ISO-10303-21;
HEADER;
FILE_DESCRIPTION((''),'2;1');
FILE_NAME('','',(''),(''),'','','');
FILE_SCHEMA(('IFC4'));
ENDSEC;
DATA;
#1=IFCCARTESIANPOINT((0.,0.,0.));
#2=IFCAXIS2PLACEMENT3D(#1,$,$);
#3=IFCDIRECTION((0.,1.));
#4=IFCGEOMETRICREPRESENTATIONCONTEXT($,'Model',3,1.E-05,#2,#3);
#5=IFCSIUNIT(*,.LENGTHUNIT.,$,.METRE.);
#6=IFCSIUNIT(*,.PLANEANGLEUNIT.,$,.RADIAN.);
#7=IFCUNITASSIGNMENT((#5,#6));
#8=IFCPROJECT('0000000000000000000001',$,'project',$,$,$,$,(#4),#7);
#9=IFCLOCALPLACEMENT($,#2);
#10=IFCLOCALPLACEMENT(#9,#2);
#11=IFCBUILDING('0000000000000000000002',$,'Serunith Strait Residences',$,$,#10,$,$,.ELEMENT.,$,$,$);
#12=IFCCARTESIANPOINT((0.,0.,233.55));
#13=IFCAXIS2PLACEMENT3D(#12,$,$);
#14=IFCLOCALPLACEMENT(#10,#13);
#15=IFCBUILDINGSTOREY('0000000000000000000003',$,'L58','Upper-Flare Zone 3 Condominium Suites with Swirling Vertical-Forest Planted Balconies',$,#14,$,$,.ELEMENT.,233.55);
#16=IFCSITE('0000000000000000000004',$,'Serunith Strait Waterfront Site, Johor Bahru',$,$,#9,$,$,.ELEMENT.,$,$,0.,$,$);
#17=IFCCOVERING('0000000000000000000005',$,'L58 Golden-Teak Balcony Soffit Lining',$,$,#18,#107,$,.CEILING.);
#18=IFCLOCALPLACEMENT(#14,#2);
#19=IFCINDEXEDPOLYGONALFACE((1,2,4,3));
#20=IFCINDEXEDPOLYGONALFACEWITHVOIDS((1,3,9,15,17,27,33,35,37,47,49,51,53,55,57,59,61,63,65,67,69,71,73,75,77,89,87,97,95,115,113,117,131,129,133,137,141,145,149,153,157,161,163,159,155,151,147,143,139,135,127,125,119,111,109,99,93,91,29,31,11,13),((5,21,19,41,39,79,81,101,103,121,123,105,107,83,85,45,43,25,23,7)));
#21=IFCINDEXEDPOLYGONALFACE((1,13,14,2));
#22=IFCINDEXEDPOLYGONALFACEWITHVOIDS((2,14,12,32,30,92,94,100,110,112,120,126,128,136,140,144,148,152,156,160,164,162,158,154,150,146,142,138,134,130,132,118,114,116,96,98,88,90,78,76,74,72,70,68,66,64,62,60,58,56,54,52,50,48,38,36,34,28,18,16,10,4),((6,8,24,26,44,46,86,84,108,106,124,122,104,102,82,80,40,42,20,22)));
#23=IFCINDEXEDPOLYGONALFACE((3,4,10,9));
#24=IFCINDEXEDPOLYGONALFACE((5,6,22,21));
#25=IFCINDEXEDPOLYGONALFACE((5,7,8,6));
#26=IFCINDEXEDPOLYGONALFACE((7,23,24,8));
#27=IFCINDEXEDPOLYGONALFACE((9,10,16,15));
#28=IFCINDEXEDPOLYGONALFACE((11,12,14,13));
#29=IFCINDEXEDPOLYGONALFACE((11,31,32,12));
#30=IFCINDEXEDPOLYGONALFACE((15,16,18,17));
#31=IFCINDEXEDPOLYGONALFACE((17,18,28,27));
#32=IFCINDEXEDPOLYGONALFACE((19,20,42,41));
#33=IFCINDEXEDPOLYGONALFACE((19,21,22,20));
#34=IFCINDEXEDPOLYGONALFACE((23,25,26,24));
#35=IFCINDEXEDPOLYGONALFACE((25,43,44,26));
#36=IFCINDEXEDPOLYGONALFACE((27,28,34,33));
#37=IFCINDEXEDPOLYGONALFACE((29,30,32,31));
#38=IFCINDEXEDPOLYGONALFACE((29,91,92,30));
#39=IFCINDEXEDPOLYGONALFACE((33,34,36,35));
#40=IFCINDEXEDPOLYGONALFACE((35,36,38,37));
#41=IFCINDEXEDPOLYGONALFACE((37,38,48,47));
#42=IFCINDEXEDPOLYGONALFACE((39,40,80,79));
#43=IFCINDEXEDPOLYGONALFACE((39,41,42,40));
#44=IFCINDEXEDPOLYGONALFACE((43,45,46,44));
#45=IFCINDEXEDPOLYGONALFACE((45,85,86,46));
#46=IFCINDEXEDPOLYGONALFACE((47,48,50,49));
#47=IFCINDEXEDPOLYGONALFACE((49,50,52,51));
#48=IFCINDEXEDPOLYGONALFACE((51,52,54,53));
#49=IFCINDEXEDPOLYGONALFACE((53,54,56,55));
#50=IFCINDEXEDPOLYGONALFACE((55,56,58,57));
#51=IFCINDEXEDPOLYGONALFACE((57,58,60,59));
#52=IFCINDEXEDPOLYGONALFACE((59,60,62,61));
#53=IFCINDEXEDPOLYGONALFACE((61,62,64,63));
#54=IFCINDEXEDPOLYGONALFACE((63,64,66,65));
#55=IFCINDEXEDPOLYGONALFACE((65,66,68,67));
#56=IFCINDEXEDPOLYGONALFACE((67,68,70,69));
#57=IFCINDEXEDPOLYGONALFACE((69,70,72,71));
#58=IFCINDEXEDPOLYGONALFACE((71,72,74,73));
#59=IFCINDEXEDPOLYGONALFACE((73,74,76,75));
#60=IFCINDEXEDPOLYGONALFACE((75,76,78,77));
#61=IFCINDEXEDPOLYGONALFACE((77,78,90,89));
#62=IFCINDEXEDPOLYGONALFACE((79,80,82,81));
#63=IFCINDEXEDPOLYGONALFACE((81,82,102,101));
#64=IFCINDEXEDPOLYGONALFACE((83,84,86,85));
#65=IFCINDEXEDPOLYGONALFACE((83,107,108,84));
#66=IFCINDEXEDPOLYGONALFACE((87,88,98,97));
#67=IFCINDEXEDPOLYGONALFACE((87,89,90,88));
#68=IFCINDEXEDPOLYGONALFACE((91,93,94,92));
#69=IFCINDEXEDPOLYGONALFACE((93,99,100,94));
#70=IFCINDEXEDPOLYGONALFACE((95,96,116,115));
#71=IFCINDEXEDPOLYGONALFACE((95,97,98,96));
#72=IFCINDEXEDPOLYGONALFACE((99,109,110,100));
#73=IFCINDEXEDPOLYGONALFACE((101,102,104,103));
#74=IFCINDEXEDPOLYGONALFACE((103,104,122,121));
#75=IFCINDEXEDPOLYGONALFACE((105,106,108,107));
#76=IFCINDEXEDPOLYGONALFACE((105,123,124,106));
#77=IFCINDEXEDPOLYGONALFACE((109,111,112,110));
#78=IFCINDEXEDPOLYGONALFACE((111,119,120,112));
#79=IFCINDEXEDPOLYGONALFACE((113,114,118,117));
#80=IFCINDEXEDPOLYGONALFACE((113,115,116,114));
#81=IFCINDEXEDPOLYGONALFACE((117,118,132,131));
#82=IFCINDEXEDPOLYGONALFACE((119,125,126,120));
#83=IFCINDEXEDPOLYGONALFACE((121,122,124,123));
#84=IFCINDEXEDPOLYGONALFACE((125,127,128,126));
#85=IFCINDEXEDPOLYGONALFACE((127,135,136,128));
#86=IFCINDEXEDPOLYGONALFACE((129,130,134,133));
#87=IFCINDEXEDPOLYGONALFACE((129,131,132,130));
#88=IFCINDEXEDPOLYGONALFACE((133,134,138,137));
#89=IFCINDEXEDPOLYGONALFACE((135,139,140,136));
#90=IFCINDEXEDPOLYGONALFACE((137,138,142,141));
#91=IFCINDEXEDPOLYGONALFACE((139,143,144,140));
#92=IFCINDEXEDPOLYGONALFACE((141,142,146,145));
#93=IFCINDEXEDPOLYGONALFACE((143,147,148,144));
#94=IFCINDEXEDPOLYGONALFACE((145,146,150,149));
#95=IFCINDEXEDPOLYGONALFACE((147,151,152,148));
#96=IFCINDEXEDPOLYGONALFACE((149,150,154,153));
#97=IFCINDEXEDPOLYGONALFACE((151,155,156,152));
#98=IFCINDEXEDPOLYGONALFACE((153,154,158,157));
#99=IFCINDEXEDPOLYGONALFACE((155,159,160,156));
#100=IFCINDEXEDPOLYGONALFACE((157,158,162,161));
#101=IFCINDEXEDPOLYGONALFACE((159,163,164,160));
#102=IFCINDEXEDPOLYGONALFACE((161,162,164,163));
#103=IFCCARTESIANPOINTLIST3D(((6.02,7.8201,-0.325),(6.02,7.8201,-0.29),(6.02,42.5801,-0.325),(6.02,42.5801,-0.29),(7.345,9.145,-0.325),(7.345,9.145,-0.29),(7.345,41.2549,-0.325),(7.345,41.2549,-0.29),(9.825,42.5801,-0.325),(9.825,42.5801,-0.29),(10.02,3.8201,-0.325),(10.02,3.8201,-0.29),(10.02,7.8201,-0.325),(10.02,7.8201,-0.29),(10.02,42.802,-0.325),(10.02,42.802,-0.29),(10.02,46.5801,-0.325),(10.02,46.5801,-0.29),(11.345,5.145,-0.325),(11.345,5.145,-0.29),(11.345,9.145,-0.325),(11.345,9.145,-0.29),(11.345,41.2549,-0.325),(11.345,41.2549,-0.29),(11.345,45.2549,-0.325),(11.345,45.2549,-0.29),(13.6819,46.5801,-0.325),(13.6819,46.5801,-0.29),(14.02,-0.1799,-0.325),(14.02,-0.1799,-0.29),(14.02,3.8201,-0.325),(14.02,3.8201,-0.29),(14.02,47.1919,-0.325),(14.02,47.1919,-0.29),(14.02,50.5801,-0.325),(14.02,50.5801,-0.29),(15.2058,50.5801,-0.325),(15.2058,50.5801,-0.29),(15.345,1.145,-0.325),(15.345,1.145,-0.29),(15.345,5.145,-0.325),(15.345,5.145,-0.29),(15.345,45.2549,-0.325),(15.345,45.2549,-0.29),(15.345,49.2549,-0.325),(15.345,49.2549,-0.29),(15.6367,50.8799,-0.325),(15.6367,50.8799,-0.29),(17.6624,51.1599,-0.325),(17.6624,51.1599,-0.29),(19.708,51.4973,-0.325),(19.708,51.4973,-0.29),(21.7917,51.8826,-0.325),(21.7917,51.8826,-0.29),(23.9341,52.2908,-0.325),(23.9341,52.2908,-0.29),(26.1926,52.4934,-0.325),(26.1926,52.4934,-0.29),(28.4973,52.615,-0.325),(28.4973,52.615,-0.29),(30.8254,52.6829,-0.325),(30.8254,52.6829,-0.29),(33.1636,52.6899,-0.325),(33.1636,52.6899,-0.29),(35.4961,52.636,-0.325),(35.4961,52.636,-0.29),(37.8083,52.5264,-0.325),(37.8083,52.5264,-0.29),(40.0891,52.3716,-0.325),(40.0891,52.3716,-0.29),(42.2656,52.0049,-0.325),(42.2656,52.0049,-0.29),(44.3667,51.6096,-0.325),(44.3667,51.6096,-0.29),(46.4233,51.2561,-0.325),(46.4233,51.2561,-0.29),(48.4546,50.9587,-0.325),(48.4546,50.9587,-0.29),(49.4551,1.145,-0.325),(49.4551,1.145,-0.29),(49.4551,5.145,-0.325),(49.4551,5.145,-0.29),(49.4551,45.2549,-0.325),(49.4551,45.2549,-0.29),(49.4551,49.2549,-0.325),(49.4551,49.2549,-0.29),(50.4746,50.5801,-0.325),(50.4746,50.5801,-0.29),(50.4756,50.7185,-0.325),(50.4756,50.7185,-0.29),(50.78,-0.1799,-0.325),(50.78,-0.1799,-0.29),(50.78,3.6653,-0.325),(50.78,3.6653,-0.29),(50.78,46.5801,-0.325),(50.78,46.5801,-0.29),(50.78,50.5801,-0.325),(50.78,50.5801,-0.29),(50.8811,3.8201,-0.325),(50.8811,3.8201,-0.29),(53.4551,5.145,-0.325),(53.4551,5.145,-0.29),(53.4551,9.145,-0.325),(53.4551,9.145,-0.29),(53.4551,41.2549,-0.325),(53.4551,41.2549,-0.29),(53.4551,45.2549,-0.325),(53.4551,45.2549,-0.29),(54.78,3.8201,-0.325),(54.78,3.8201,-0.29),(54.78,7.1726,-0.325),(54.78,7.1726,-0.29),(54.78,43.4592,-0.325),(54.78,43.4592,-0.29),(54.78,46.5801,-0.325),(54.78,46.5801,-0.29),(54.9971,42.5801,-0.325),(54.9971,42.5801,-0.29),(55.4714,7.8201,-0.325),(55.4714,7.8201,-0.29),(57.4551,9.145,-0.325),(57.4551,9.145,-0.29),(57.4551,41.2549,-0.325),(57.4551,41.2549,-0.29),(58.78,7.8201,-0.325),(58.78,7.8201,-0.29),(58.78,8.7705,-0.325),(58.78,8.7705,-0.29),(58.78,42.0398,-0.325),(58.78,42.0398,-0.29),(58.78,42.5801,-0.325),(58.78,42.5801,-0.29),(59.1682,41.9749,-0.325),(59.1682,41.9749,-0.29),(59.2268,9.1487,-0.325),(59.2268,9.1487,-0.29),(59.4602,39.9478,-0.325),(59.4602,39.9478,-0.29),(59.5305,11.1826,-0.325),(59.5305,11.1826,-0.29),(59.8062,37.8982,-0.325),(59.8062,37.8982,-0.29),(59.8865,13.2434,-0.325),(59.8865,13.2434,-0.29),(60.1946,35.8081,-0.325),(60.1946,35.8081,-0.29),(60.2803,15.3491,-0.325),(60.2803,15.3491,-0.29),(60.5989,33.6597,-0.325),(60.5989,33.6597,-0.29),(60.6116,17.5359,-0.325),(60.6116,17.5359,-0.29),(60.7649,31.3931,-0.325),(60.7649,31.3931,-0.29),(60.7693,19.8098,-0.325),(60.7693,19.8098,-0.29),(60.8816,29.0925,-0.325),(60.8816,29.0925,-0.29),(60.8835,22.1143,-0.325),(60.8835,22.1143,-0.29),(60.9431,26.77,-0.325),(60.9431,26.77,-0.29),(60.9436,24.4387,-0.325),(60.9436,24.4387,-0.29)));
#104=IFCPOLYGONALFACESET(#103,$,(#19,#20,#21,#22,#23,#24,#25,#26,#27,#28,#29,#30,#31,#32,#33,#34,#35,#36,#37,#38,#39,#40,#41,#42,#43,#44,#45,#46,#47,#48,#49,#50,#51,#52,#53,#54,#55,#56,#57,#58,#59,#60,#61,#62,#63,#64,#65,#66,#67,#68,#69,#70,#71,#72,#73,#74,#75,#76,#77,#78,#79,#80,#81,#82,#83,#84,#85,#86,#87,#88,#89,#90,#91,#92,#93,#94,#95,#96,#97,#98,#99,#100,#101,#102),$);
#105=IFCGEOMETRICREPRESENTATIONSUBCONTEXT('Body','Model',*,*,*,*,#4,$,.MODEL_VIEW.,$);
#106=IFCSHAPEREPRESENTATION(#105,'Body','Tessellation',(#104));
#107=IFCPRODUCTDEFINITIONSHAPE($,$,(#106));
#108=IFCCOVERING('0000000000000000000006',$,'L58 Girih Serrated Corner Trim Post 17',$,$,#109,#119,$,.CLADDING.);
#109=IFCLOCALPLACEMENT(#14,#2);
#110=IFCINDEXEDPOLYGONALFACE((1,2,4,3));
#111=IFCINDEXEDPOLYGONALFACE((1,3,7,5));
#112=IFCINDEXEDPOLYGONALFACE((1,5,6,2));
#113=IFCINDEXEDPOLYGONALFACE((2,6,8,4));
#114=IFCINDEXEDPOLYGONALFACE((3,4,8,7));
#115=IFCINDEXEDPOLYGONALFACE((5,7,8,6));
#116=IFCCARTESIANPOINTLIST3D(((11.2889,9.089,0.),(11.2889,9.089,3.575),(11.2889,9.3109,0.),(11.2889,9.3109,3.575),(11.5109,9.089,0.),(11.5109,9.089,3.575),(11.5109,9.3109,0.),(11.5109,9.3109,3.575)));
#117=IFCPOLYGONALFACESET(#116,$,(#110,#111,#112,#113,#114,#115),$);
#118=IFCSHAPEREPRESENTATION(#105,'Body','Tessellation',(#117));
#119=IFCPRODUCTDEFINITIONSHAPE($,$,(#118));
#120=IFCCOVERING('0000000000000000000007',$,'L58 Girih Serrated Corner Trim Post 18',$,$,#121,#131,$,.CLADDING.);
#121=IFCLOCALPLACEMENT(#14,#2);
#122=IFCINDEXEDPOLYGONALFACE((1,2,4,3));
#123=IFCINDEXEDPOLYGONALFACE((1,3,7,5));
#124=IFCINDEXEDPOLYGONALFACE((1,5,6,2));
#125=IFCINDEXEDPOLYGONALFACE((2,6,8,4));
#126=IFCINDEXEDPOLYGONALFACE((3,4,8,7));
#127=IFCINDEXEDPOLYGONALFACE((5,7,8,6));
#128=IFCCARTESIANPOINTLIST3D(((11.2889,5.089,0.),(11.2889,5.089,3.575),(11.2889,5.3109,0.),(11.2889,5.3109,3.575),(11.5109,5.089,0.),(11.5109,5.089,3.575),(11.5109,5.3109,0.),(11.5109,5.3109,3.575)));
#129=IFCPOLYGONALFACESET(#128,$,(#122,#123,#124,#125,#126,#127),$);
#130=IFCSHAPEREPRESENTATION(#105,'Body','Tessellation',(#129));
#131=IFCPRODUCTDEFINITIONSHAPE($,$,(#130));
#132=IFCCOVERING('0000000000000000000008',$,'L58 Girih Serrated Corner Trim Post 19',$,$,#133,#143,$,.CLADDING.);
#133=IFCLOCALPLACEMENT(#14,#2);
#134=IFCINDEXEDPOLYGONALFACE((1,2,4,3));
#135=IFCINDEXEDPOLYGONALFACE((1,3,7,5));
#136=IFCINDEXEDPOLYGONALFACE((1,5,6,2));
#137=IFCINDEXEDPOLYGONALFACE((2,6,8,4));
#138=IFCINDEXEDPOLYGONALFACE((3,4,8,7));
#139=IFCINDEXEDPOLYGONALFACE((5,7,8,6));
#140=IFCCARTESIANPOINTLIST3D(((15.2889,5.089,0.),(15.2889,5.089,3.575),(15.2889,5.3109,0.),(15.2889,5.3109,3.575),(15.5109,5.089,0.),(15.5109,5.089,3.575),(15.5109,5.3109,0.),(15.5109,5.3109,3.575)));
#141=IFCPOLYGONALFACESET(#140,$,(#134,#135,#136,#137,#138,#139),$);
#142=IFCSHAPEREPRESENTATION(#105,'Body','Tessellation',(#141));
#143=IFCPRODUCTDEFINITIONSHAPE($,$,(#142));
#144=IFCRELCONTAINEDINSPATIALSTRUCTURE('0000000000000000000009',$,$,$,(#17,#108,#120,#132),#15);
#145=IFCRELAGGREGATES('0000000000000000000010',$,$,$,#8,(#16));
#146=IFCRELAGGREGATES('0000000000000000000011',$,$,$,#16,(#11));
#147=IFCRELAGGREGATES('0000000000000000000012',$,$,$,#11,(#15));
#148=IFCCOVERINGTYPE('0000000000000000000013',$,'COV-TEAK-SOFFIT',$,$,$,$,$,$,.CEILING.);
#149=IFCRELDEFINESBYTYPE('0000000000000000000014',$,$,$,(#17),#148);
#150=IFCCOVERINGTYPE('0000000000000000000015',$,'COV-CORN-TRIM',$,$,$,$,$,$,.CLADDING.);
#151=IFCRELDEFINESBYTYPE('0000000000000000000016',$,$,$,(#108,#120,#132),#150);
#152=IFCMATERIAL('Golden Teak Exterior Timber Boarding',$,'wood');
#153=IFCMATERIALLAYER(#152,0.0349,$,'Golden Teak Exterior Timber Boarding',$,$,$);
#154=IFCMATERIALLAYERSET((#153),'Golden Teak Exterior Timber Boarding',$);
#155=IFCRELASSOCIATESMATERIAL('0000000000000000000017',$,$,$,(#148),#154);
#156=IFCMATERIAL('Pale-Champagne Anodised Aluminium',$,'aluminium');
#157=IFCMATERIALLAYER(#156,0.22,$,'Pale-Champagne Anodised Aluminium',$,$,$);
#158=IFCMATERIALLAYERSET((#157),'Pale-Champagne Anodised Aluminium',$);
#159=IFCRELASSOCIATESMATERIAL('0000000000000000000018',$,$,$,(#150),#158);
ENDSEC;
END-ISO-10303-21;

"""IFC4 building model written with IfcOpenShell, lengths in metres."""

from ifc_helpers import new_model, si_unit, direction, frame, origin, origin_2d, place, context, subcontext, project, spatial, polyline, rectangle, outline, extrude, source, transform, mapped, material, layer, layer_set, type_object, element, save


model = new_model("IFC4")

# Units and contexts
model_context = context("Model", 3, precision=1e-05, world=origin(), true_north=direction((0.0, 1.0)))
body_context = subcontext(model_context, "Body", "Model", "MODEL_VIEW")
ifc_project = project(units=[si_unit("LENGTHUNIT", "METRE"), si_unit("PLANEANGLEUNIT", "RADIAN")], contexts=[model_context])

# Site, building, storey
site_placement = place(None, origin())
site = spatial("IfcSite", under=ifc_project, at=site_placement, Name="Serunith Strait Waterfront Site, Johor Bahru", CompositionType="ELEMENT", RefElevation=0.0)
building_placement = place(site_placement, origin())
building = spatial("IfcBuilding", under=site, at=building_placement, Name="Serunith Strait Residences", CompositionType="ELEMENT")
storey_placement = place(building_placement, frame((0.0, 0.0, 233.55)))
storey = spatial("IfcBuildingStorey", under=building, at=storey_placement, Name="L58", Description="Upper-Flare Zone 3 Condominium Suites with Swirling Vertical-Forest Planted Balconies", CompositionType="ELEMENT", Elevation=233.55)

# Shared definitions
ifc_material_1 = material(Name="Pale-Champagne Anodised Aluminium", Category="aluminium")

# Covering
ifc_material_2 = material(Name="Golden Teak Exterior Timber Boarding", Category="wood")
ifc_layer_1 = layer(ifc_material_2, 0.0349, Name="Golden Teak Exterior Timber Boarding")
ifc_layer_set_1 = layer_set([ifc_layer_1], Name="Golden Teak Exterior Timber Boarding")
covering_type_1 = type_object("IfcCoveringType", Name="COV-TEAK-SOFFIT", PredefinedType="CEILING", material=ifc_layer_set_1)
covering_placement = place(storey_placement, frame((0.0, 0.0, -0.325)))
element("IfcCovering", 1, at=covering_placement, inside=storey, type_object=covering_type_1, Name="L58 Golden-Teak Balcony Soffit Lining", PredefinedType="CEILING", context=body_context, shape_type="SweptSolid", body=[
    extrude(outline(polyline([(10.02, 46.5801), (13.6819, 46.5801), (14.02, 47.1919), (14.02, 50.5801), (15.2058, 50.5801), (15.6367, 50.8799), (17.6624, 51.1599), (19.708, 51.4973), (21.7917, 51.8826), (23.9341, 52.2908), (26.1926, 52.4934), (28.4973, 52.615), (30.8254, 52.6829), (33.1636, 52.6899), (35.4961, 52.636), (37.8083, 52.5264), (40.0891, 52.3716), (42.2656, 52.0049), (44.3667, 51.6096), (46.4233, 51.2561), (48.4546, 50.9587), (50.4756, 50.7185), (50.4746, 50.5801), (50.78, 50.5801), (50.78, 46.5801), (54.78, 46.5801), (54.78, 43.4592), (54.9971, 42.5801), (58.78, 42.5801), (58.78, 42.0398), (59.1682, 41.9749), (59.4602, 39.9478), (59.8062, 37.8982), (60.1946, 35.8081), (60.5989, 33.6597), (60.7649, 31.3931), (60.8816, 29.0925), (60.9431, 26.77), (60.9436, 24.4387), (60.8835, 22.1143), (60.7693, 19.8098), (60.6116, 17.5359), (60.2803, 15.3491), (59.8865, 13.2434), (59.5305, 11.1826), (59.2268, 9.1487), (58.78, 8.7705), (58.78, 7.8201), (55.4714, 7.8201), (54.78, 7.1726), (54.78, 3.8201), (50.8811, 3.8201), (50.78, 3.6653), (50.78, -0.1799), (14.02, -0.1799), (14.02, 3.8201), (10.02, 3.8201), (10.02, 7.8201), (6.02, 7.8201), (6.02, 42.5801), (9.825, 42.5801), (10.02, 42.802), (10.02, 46.5801)]), holes=[polyline([(49.4551, 1.145), (49.4551, 5.145), (53.4551, 5.145), (53.4551, 9.145), (57.4551, 9.145), (57.4551, 41.2549), (53.4551, 41.2549), (53.4551, 45.2549), (49.4551, 45.2549), (49.4551, 49.2549), (15.345, 49.2549), (15.345, 45.2549), (11.345, 45.2549), (11.345, 41.2549), (7.345, 41.2549), (7.345, 9.145), (11.345, 9.145), (11.345, 5.145), (15.345, 5.145), (15.345, 1.145), (49.4551, 1.145)])]), origin(), (0.0, 0.0, 1.0), 0.0349),
])

# Coverings
ifc_layer_2 = layer(ifc_material_1, 0.22, Name="Pale-Champagne Anodised Aluminium")
ifc_layer_set_2 = layer_set([ifc_layer_2], Name="Pale-Champagne Anodised Aluminium")
covering_type_2 = type_object("IfcCoveringType", Name="COV-CORN-TRIM", PredefinedType="CLADDING", material=ifc_layer_set_2)
shared_shape_1 = source(origin(), body_context, "Body", "SweptSolid", [
    extrude(rectangle(XDim=0.2219, YDim=0.2219, at=origin_2d()), origin(), (0.0, 0.0, 1.0), 3.575),
])
for number, where, z_axis, x_axis, name in (
    (2, (11.3999, 9.2, 0.0), (0.0, 0.0, 1.0), (1.0, 0.0, 0.0), "L58 Girih Serrated Corner Trim Post 17"),
    (3, (11.3999, 5.2, 0.0), (0.0, 0.0, 1.0), (1.0, 0.0, 0.0), "L58 Girih Serrated Corner Trim Post 18"),
    (4, (15.3999, 5.2, 0.0), (0.0, 0.0, 1.0), (1.0, 0.0, 0.0), "L58 Girih Serrated Corner Trim Post 19"),
):
    element("IfcCovering", number, at=place(storey_placement, frame(where, z_axis=z_axis, x_axis=x_axis)), inside=storey, type_object=covering_type_2, Name=name, PredefinedType="CLADDING", context=body_context, shape_type="MappedRepresentation", body=[
        mapped(shared_shape_1, transform((0.0, 0.0, 0.0), scale=1.0)),
    ])

save(model, "model.ifc")
